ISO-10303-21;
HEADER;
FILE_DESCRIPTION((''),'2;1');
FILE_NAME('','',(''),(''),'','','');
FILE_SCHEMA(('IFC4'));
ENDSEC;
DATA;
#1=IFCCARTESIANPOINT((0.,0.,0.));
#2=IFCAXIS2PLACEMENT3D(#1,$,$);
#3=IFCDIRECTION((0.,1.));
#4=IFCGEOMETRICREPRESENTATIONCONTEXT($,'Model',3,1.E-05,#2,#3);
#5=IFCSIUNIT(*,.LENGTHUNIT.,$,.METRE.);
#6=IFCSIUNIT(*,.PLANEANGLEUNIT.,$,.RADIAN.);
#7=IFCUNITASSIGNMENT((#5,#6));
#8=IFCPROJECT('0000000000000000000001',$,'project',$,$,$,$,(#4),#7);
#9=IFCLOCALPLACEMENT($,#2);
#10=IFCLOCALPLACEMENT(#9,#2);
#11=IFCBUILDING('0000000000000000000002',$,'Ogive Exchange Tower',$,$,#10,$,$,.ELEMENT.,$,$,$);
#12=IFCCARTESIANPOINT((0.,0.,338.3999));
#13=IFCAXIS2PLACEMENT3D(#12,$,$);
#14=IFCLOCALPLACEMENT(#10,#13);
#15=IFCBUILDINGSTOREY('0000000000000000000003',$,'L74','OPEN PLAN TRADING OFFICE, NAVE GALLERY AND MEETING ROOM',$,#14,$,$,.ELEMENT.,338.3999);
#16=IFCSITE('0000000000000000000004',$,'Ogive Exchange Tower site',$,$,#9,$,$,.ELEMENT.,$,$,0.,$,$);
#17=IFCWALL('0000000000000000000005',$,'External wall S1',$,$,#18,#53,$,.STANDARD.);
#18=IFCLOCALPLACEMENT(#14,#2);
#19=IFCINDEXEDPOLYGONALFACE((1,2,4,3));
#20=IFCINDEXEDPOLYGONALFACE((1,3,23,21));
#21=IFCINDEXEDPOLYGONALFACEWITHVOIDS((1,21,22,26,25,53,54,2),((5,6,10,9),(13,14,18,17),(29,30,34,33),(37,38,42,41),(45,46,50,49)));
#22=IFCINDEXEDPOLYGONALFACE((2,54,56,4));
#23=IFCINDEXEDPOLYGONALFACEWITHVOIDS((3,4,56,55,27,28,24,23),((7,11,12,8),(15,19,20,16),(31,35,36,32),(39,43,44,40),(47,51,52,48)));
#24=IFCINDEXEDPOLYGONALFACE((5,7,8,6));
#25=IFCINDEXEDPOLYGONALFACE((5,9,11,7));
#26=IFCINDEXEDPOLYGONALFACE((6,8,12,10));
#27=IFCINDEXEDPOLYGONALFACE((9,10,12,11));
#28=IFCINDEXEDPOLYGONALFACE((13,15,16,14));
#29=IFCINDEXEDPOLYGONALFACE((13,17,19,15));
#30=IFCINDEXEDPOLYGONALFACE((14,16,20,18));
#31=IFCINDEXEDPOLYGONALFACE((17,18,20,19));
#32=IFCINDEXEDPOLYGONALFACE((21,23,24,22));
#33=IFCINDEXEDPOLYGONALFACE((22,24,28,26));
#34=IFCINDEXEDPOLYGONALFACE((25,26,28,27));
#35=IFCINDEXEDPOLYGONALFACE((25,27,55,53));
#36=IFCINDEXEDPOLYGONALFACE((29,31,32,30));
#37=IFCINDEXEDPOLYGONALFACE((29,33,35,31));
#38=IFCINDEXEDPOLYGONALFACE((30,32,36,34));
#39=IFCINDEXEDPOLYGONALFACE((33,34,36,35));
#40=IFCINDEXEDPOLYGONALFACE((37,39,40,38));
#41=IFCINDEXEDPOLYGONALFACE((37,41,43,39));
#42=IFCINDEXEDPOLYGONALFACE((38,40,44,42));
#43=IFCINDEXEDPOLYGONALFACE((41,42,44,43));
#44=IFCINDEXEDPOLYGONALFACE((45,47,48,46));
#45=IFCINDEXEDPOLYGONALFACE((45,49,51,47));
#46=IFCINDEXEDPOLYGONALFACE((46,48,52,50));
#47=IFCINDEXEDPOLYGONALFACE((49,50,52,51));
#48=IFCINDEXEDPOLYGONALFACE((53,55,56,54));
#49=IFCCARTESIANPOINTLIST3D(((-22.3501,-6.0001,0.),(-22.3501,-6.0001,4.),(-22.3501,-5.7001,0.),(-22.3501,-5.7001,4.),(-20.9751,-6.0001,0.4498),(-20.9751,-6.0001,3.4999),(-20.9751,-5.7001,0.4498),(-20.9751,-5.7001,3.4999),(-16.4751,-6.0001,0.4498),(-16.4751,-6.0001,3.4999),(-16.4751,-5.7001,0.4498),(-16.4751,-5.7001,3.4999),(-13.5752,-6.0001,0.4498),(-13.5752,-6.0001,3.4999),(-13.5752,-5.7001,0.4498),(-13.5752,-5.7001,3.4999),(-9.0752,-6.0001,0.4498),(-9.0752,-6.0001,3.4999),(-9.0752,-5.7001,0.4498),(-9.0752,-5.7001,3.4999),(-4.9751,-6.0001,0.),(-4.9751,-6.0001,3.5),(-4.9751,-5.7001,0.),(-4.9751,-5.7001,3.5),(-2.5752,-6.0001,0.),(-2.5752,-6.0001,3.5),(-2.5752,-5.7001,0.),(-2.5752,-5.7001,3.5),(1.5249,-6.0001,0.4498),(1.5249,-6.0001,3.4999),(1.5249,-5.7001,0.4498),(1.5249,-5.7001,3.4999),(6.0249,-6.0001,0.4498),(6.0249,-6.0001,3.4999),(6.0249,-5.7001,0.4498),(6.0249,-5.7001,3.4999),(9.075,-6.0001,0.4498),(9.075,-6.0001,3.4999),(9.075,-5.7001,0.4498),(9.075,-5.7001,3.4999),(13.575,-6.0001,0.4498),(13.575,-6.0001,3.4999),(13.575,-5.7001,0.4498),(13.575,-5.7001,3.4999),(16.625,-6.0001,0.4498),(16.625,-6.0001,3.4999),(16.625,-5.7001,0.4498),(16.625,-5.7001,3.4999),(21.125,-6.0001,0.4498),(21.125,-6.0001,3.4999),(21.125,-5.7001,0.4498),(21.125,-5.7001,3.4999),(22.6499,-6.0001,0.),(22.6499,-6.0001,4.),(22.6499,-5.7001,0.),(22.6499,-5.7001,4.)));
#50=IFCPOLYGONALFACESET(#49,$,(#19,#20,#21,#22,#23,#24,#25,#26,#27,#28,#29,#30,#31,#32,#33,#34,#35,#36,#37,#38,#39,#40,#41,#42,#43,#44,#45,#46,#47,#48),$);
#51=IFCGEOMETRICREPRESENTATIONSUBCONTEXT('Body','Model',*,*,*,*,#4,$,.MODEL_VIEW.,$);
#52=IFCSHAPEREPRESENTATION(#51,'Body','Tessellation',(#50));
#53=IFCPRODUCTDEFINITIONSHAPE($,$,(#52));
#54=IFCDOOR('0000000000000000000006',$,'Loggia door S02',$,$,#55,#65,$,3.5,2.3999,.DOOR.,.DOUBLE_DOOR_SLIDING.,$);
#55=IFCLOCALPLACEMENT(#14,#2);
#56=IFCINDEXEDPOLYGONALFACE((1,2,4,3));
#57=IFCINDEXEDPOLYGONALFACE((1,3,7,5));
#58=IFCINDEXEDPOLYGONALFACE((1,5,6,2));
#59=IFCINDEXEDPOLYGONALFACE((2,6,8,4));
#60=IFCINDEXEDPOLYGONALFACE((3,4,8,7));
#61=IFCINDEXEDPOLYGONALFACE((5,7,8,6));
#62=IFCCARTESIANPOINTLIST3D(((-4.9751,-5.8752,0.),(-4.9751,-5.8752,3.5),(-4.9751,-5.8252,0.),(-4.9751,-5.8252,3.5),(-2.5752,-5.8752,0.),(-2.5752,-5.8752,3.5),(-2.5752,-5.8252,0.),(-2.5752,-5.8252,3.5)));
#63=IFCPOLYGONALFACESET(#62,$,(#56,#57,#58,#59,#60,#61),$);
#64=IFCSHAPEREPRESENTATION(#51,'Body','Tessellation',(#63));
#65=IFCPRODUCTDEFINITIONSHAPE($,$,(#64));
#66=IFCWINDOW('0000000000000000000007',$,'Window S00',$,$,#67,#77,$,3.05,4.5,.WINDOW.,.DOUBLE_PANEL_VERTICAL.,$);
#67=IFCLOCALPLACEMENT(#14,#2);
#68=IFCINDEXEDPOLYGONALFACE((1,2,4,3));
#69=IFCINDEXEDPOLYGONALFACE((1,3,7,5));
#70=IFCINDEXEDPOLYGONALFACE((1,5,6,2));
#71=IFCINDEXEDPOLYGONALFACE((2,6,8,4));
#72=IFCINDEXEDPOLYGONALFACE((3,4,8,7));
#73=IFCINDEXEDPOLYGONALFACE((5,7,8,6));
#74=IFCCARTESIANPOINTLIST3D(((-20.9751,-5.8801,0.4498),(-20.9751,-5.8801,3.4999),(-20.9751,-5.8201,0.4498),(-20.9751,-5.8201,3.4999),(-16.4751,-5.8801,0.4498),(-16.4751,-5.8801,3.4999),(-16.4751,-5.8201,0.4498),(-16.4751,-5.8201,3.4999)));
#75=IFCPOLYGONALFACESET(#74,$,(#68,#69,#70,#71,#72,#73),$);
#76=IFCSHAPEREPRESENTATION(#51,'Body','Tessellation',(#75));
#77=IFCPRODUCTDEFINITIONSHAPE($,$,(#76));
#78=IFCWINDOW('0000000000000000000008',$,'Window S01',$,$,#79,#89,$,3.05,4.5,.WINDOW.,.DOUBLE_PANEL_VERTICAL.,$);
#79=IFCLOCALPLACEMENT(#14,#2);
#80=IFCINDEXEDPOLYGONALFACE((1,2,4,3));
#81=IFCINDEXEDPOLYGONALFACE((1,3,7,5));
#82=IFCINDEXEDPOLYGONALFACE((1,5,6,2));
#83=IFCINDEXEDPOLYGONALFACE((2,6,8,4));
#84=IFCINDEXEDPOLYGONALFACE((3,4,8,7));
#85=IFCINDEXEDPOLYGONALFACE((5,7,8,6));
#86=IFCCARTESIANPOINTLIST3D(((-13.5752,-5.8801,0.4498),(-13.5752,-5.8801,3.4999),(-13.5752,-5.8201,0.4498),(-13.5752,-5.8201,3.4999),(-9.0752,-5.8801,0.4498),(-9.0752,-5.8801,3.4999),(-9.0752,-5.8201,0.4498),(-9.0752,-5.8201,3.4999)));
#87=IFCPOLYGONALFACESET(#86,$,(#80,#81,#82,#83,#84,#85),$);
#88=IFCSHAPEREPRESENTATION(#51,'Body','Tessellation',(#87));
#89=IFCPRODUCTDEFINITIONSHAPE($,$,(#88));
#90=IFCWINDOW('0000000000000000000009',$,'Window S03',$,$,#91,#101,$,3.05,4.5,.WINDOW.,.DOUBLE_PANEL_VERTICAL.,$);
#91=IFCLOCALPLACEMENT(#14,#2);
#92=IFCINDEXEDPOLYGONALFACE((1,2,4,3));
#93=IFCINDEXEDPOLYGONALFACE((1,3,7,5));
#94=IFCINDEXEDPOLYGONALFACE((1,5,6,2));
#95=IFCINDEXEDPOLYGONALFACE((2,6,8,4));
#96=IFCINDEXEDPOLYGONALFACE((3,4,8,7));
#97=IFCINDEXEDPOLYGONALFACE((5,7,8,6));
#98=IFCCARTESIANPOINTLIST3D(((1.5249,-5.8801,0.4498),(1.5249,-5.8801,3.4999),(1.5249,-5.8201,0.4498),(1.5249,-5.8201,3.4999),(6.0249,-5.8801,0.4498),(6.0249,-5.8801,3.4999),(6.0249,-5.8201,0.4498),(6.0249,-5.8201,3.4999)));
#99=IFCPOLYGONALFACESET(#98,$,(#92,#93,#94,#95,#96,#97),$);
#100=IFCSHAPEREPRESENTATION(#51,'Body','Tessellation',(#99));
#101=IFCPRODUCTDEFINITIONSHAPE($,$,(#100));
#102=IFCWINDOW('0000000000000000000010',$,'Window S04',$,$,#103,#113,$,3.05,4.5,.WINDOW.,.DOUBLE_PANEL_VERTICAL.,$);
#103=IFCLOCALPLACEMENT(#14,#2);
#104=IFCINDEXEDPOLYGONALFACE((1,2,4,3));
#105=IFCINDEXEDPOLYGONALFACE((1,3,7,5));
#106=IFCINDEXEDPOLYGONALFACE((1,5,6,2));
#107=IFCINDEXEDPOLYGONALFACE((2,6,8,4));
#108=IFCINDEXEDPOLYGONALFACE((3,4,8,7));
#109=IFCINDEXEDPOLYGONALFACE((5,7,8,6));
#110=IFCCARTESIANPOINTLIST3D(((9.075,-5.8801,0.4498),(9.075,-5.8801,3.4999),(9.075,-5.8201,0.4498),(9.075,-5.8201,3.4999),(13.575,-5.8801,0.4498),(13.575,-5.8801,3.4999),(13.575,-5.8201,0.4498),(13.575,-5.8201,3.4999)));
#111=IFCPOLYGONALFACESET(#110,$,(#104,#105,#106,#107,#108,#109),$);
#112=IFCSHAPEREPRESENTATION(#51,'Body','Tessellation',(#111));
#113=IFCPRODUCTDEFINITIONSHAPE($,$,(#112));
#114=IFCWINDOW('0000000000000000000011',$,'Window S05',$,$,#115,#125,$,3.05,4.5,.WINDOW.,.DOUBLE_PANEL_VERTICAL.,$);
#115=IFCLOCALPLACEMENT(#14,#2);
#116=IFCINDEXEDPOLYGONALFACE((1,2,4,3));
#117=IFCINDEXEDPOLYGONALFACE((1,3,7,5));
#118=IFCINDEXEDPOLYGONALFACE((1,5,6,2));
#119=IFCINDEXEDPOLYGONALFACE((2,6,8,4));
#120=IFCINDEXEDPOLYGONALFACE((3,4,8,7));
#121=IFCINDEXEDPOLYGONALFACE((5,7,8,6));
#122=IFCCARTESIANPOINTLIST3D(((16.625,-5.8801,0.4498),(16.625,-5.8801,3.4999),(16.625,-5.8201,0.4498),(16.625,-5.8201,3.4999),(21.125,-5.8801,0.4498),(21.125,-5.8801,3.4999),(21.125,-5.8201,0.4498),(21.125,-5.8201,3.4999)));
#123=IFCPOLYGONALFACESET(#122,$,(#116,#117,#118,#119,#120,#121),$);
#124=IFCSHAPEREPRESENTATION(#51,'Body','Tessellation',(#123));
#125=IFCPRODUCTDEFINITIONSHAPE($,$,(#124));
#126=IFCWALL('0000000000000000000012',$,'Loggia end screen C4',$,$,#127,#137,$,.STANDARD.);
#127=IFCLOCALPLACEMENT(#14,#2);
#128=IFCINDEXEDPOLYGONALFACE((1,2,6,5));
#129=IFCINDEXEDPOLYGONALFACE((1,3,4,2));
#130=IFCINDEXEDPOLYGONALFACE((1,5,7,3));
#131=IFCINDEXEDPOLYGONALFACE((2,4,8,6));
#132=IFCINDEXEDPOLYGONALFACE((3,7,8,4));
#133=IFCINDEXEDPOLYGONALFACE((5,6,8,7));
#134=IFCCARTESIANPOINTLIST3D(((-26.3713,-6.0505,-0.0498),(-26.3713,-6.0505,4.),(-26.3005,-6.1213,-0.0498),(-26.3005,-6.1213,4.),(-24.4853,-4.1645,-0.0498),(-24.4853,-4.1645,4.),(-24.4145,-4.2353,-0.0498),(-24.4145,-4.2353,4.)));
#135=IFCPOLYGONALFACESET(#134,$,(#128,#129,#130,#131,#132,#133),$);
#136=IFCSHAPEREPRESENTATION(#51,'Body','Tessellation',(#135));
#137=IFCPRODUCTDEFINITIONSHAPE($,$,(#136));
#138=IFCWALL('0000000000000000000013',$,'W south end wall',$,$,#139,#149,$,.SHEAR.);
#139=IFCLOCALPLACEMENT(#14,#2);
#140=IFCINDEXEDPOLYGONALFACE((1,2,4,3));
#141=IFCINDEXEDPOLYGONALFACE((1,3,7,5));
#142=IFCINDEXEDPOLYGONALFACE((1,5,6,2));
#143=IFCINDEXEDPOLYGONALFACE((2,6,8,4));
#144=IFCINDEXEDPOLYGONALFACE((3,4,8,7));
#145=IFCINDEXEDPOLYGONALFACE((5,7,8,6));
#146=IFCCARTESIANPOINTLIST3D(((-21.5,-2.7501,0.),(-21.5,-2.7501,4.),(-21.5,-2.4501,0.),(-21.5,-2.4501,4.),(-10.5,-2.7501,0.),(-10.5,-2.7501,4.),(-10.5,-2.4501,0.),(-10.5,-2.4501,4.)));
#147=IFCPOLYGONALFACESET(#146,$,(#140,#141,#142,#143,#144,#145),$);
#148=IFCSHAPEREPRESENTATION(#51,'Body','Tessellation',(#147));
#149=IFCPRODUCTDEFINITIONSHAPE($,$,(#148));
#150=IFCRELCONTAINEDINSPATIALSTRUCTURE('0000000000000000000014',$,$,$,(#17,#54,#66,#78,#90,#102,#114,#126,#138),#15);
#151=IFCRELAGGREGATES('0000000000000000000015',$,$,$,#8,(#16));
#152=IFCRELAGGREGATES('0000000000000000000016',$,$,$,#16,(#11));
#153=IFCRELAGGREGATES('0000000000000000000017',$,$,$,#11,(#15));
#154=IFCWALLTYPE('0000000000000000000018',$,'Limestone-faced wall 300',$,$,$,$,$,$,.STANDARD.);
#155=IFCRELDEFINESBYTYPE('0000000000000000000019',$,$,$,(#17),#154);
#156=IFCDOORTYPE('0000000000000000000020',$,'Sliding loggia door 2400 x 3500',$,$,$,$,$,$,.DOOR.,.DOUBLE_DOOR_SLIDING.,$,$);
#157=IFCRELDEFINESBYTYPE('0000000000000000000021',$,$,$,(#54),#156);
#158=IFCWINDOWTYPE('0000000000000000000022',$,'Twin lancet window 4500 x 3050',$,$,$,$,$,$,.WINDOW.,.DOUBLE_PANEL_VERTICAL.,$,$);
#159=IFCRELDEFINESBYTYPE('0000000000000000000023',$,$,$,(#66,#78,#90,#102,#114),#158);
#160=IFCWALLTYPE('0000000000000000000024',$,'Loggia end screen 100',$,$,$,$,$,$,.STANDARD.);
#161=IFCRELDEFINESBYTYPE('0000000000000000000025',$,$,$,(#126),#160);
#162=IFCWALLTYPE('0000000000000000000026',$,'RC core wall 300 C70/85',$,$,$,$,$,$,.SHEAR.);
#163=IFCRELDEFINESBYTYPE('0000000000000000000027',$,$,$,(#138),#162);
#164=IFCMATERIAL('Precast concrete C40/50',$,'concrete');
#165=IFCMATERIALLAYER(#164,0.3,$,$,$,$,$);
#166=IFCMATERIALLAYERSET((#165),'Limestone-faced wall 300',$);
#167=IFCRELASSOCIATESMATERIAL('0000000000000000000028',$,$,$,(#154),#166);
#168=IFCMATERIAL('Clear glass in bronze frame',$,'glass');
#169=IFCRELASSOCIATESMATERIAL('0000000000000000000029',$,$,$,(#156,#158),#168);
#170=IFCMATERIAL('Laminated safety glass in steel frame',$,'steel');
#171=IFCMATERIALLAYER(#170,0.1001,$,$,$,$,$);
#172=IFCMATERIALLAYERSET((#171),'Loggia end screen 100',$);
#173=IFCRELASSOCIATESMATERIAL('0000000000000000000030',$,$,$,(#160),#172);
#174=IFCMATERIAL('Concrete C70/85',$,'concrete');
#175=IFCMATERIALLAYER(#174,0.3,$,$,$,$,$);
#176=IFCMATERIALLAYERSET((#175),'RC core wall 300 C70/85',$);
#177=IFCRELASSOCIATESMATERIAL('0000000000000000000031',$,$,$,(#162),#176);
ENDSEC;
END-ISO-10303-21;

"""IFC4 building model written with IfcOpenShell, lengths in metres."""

from ifc_helpers import new_model, si_unit, direction, frame, frame_2d, origin, place, context, subcontext, project, spatial, rectangle, extrude, material, layer, layer_set, type_object, element, fill, save


model = new_model("IFC4")

# Units and contexts
model_context = context("Model", 3, precision=1e-05, world=origin(), true_north=direction((0.0, 1.0)))
body_context = subcontext(model_context, "Body", "Model", "MODEL_VIEW")
ifc_project = project(units=[si_unit("LENGTHUNIT", "METRE"), si_unit("PLANEANGLEUNIT", "RADIAN")], contexts=[model_context])

# Site, building, storey
site_placement = place(None, origin())
site = spatial("IfcSite", under=ifc_project, at=site_placement, Name="Ogive Exchange Tower site", CompositionType="ELEMENT", RefElevation=0.0)
building_placement = place(site_placement, origin())
building = spatial("IfcBuilding", under=site, at=building_placement, Name="Ogive Exchange Tower", CompositionType="ELEMENT")
storey_placement = place(building_placement, frame((0.0, 0.0, 338.3999)))
storey = spatial("IfcBuildingStorey", under=building, at=storey_placement, Name="L74", Description="OPEN PLAN TRADING OFFICE, NAVE GALLERY AND MEETING ROOM", CompositionType="ELEMENT", Elevation=338.3999)

# Wall, openings, door, windows
ifc_material_1 = material(Name="Precast concrete C40/50", Category="concrete")
ifc_layer_1 = layer(ifc_material_1, 0.3)
ifc_layer_set_1 = layer_set([ifc_layer_1], Name="Limestone-faced wall 300")
wall_type_1 = type_object("IfcWallType", Name="Limestone-faced wall 300", PredefinedType="STANDARD", material=ifc_layer_set_1)
wall_1_placement = place(storey_placement, frame((-22.3501, -5.8501, 0.0), z_axis=(0.0, 0.0, 1.0), x_axis=(1.0, 0.0, 0.0)))
wall_1 = element("IfcWall", 1, at=wall_1_placement, inside=storey, type_object=wall_type_1, Name="External wall S1", PredefinedType="STANDARD", context=body_context, shape_type="SweptSolid", body=[
    extrude(rectangle(XDim=45.0, YDim=0.3, at=frame_2d((22.5, 0.0))), origin(), (0.0, 0.0, 1.0), 4.0),
])
opening_1_placement = place(wall_1_placement, frame((1.375, 0.0, 0.45)))
opening_1 = element("IfcOpeningElement", 2, at=opening_1_placement, cuts=wall_1, PredefinedType="OPENING", context=body_context, shape_type="SweptSolid", body=[
    extrude(rectangle(XDim=4.5, YDim=3.05, at=frame_2d((2.25, 1.5249))), frame((0.0, 0.1599, 0.0), z_axis=(0.0, -1.0, 0.0), x_axis=(1.0, 0.0, 0.0)), (0.0, 0.0, 1.0), 0.3201),
])
opening_2_placement = place(wall_1_placement, frame((8.7749, 0.0, 0.45)))
opening_2 = element("IfcOpeningElement", 3, at=opening_2_placement, cuts=wall_1, PredefinedType="OPENING", context=body_context, shape_type="SweptSolid", body=[
    extrude(rectangle(XDim=4.5, YDim=3.05, at=frame_2d((2.25, 1.5249))), frame((0.0, 0.1599, 0.0), z_axis=(0.0, -1.0, 0.0), x_axis=(1.0, 0.0, 0.0)), (0.0, 0.0, 1.0), 0.3201),
])
opening_3_placement = place(wall_1_placement, frame((17.375, 0.0, 0.0)))
opening_3 = element("IfcOpeningElement", 4, at=opening_3_placement, cuts=wall_1, PredefinedType="OPENING", context=body_context, shape_type="SweptSolid", body=[
    extrude(rectangle(XDim=2.3999, YDim=3.5, at=frame_2d((1.2, 1.75))), frame((0.0, 0.1599, 0.0), z_axis=(0.0, -1.0, 0.0), x_axis=(1.0, 0.0, 0.0)), (0.0, 0.0, 1.0), 0.3201),
])
opening_4_placement = place(wall_1_placement, frame((23.875, 0.0, 0.45)))
opening_4 = element("IfcOpeningElement", 5, at=opening_4_placement, cuts=wall_1, PredefinedType="OPENING", context=body_context, shape_type="SweptSolid", body=[
    extrude(rectangle(XDim=4.5, YDim=3.05, at=frame_2d((2.25, 1.5249))), frame((0.0, 0.1599, 0.0), z_axis=(0.0, -1.0, 0.0), x_axis=(1.0, 0.0, 0.0)), (0.0, 0.0, 1.0), 0.3201),
])
opening_5_placement = place(wall_1_placement, frame((31.425, 0.0, 0.45)))
opening_5 = element("IfcOpeningElement", 6, at=opening_5_placement, cuts=wall_1, PredefinedType="OPENING", context=body_context, shape_type="SweptSolid", body=[
    extrude(rectangle(XDim=4.5, YDim=3.05, at=frame_2d((2.25, 1.5249))), frame((0.0, 0.1599, 0.0), z_axis=(0.0, -1.0, 0.0), x_axis=(1.0, 0.0, 0.0)), (0.0, 0.0, 1.0), 0.3201),
])
opening_6_placement = place(wall_1_placement, frame((38.9751, 0.0, 0.45)))
opening_6 = element("IfcOpeningElement", 7, at=opening_6_placement, cuts=wall_1, PredefinedType="OPENING", context=body_context, shape_type="SweptSolid", body=[
    extrude(rectangle(XDim=4.5, YDim=3.05, at=frame_2d((2.25, 1.5249))), frame((0.0, 0.1599, 0.0), z_axis=(0.0, -1.0, 0.0), x_axis=(1.0, 0.0, 0.0)), (0.0, 0.0, 1.0), 0.3201),
])
ifc_material_2 = material(Name="Clear glass in bronze frame", Category="glass")
door_type_1 = type_object("IfcDoorType", Name="Sliding loggia door 2400 x 3500", OperationType="DOUBLE_DOOR_SLIDING", PredefinedType="DOOR", material=ifc_material_2)
door_1_placement = place(opening_3_placement, origin())
door_1 = element("IfcDoor", 8, at=door_1_placement, inside=storey, type_object=door_type_1, Name="Loggia door S02", OperationType="DOUBLE_DOOR_SLIDING", OverallHeight=3.5, OverallWidth=2.3999, PredefinedType="DOOR", context=body_context, shape_type="SweptSolid", body=[
    extrude(rectangle(XDim=2.3999, YDim=3.5, at=frame_2d((1.2, 1.75))), frame((0.0, 0.0249, 0.0), z_axis=(0.0, -1.0, 0.0), x_axis=(1.0, 0.0, 0.0)), (0.0, 0.0, 1.0), 0.05),
])
fill(opening_3, door_1)
window_type = type_object("IfcWindowType", Name="Twin lancet window 4500 x 3050", PartitioningType="DOUBLE_PANEL_VERTICAL", PredefinedType="WINDOW", material=ifc_material_2)
window_1_placement = place(opening_1_placement, origin())
window_1 = element("IfcWindow", 9, at=window_1_placement, inside=storey, type_object=window_type, Name="Window S00", OverallHeight=3.05, OverallWidth=4.5, PartitioningType="DOUBLE_PANEL_VERTICAL", PredefinedType="WINDOW", context=body_context, shape_type="SweptSolid", body=[
    extrude(rectangle(XDim=4.5, YDim=3.05, at=frame_2d((2.25, 1.5249))), frame((0.0, 0.03, 0.0), z_axis=(0.0, -1.0, 0.0), x_axis=(1.0, 0.0, 0.0)), (0.0, 0.0, 1.0), 0.0601),
])
fill(opening_1, window_1)
window_2_placement = place(opening_2_placement, origin())
window_2 = element("IfcWindow", 10, at=window_2_placement, inside=storey, type_object=window_type, Name="Window S01", OverallHeight=3.05, OverallWidth=4.5, PartitioningType="DOUBLE_PANEL_VERTICAL", PredefinedType="WINDOW", context=body_context, shape_type="SweptSolid", body=[
    extrude(rectangle(XDim=4.5, YDim=3.05, at=frame_2d((2.25, 1.5249))), frame((0.0, 0.03, 0.0), z_axis=(0.0, -1.0, 0.0), x_axis=(1.0, 0.0, 0.0)), (0.0, 0.0, 1.0), 0.0601),
])
fill(opening_2, window_2)
window_3_placement = place(opening_4_placement, origin())
window_3 = element("IfcWindow", 11, at=window_3_placement, inside=storey, type_object=window_type, Name="Window S03", OverallHeight=3.05, OverallWidth=4.5, PartitioningType="DOUBLE_PANEL_VERTICAL", PredefinedType="WINDOW", context=body_context, shape_type="SweptSolid", body=[
    extrude(rectangle(XDim=4.5, YDim=3.05, at=frame_2d((2.25, 1.5249))), frame((0.0, 0.03, 0.0), z_axis=(0.0, -1.0, 0.0), x_axis=(1.0, 0.0, 0.0)), (0.0, 0.0, 1.0), 0.0601),
])
fill(opening_4, window_3)
window_4_placement = place(opening_5_placement, origin())
window_4 = element("IfcWindow", 12, at=window_4_placement, inside=storey, type_object=window_type, Name="Window S04", OverallHeight=3.05, OverallWidth=4.5, PartitioningType="DOUBLE_PANEL_VERTICAL", PredefinedType="WINDOW", context=body_context, shape_type="SweptSolid", body=[
    extrude(rectangle(XDim=4.5, YDim=3.05, at=frame_2d((2.25, 1.5249))), frame((0.0, 0.03, 0.0), z_axis=(0.0, -1.0, 0.0), x_axis=(1.0, 0.0, 0.0)), (0.0, 0.0, 1.0), 0.0601),
])
fill(opening_5, window_4)
window_5_placement = place(opening_6_placement, origin())
window_5 = element("IfcWindow", 13, at=window_5_placement, inside=storey, type_object=window_type, Name="Window S05", OverallHeight=3.05, OverallWidth=4.5, PartitioningType="DOUBLE_PANEL_VERTICAL", PredefinedType="WINDOW", context=body_context, shape_type="SweptSolid", body=[
    extrude(rectangle(XDim=4.5, YDim=3.05, at=frame_2d((2.25, 1.5249))), frame((0.0, 0.03, 0.0), z_axis=(0.0, -1.0, 0.0), x_axis=(1.0, 0.0, 0.0)), (0.0, 0.0, 1.0), 0.0601),
])
fill(opening_6, window_5)

# Walls
ifc_material_3 = material(Name="Laminated safety glass in steel frame", Category="steel")
ifc_layer_2 = layer(ifc_material_3, 0.1001)
ifc_layer_set_2 = layer_set([ifc_layer_2], Name="Loggia end screen 100")
wall_type_2 = type_object("IfcWallType", Name="Loggia end screen 100", PredefinedType="STANDARD", material=ifc_layer_set_2)
wall_2_placement = place(storey_placement, frame((-24.45, -4.2, -0.0498), z_axis=(0.0, 0.0, 1.0), x_axis=(-0.707107, -0.707107, 0.0)))
element("IfcWall", 14, at=wall_2_placement, inside=storey, type_object=wall_type_2, Name="Loggia end screen C4", PredefinedType="STANDARD", context=body_context, shape_type="SweptSolid", body=[
    extrude(rectangle(XDim=2.6672, YDim=0.1001, at=frame_2d((1.3335, 0.0))), origin(), (0.0, 0.0, 1.0), 4.0498),
])
ifc_material_4 = material(Name="Concrete C70/85", Category="concrete")
ifc_layer_3 = layer(ifc_material_4, 0.3)
ifc_layer_set_3 = layer_set([ifc_layer_3], Name="RC core wall 300 C70/85")
wall_type_3 = type_object("IfcWallType", Name="RC core wall 300 C70/85", PredefinedType="SHEAR", material=ifc_layer_set_3)
wall_3_placement = place(storey_placement, frame((-21.5, -2.6001, 0.0), z_axis=(0.0, 0.0, 1.0), x_axis=(1.0, 0.0, 0.0)))
element("IfcWall", 15, at=wall_3_placement, inside=storey, type_object=wall_type_3, Name="W south end wall", PredefinedType="SHEAR", context=body_context, shape_type="SweptSolid", body=[
    extrude(rectangle(XDim=11.0, YDim=0.3, at=frame_2d((5.5, 0.0))), origin(), (0.0, 0.0, 1.0), 4.0),
])

save(model, "model.ifc")
